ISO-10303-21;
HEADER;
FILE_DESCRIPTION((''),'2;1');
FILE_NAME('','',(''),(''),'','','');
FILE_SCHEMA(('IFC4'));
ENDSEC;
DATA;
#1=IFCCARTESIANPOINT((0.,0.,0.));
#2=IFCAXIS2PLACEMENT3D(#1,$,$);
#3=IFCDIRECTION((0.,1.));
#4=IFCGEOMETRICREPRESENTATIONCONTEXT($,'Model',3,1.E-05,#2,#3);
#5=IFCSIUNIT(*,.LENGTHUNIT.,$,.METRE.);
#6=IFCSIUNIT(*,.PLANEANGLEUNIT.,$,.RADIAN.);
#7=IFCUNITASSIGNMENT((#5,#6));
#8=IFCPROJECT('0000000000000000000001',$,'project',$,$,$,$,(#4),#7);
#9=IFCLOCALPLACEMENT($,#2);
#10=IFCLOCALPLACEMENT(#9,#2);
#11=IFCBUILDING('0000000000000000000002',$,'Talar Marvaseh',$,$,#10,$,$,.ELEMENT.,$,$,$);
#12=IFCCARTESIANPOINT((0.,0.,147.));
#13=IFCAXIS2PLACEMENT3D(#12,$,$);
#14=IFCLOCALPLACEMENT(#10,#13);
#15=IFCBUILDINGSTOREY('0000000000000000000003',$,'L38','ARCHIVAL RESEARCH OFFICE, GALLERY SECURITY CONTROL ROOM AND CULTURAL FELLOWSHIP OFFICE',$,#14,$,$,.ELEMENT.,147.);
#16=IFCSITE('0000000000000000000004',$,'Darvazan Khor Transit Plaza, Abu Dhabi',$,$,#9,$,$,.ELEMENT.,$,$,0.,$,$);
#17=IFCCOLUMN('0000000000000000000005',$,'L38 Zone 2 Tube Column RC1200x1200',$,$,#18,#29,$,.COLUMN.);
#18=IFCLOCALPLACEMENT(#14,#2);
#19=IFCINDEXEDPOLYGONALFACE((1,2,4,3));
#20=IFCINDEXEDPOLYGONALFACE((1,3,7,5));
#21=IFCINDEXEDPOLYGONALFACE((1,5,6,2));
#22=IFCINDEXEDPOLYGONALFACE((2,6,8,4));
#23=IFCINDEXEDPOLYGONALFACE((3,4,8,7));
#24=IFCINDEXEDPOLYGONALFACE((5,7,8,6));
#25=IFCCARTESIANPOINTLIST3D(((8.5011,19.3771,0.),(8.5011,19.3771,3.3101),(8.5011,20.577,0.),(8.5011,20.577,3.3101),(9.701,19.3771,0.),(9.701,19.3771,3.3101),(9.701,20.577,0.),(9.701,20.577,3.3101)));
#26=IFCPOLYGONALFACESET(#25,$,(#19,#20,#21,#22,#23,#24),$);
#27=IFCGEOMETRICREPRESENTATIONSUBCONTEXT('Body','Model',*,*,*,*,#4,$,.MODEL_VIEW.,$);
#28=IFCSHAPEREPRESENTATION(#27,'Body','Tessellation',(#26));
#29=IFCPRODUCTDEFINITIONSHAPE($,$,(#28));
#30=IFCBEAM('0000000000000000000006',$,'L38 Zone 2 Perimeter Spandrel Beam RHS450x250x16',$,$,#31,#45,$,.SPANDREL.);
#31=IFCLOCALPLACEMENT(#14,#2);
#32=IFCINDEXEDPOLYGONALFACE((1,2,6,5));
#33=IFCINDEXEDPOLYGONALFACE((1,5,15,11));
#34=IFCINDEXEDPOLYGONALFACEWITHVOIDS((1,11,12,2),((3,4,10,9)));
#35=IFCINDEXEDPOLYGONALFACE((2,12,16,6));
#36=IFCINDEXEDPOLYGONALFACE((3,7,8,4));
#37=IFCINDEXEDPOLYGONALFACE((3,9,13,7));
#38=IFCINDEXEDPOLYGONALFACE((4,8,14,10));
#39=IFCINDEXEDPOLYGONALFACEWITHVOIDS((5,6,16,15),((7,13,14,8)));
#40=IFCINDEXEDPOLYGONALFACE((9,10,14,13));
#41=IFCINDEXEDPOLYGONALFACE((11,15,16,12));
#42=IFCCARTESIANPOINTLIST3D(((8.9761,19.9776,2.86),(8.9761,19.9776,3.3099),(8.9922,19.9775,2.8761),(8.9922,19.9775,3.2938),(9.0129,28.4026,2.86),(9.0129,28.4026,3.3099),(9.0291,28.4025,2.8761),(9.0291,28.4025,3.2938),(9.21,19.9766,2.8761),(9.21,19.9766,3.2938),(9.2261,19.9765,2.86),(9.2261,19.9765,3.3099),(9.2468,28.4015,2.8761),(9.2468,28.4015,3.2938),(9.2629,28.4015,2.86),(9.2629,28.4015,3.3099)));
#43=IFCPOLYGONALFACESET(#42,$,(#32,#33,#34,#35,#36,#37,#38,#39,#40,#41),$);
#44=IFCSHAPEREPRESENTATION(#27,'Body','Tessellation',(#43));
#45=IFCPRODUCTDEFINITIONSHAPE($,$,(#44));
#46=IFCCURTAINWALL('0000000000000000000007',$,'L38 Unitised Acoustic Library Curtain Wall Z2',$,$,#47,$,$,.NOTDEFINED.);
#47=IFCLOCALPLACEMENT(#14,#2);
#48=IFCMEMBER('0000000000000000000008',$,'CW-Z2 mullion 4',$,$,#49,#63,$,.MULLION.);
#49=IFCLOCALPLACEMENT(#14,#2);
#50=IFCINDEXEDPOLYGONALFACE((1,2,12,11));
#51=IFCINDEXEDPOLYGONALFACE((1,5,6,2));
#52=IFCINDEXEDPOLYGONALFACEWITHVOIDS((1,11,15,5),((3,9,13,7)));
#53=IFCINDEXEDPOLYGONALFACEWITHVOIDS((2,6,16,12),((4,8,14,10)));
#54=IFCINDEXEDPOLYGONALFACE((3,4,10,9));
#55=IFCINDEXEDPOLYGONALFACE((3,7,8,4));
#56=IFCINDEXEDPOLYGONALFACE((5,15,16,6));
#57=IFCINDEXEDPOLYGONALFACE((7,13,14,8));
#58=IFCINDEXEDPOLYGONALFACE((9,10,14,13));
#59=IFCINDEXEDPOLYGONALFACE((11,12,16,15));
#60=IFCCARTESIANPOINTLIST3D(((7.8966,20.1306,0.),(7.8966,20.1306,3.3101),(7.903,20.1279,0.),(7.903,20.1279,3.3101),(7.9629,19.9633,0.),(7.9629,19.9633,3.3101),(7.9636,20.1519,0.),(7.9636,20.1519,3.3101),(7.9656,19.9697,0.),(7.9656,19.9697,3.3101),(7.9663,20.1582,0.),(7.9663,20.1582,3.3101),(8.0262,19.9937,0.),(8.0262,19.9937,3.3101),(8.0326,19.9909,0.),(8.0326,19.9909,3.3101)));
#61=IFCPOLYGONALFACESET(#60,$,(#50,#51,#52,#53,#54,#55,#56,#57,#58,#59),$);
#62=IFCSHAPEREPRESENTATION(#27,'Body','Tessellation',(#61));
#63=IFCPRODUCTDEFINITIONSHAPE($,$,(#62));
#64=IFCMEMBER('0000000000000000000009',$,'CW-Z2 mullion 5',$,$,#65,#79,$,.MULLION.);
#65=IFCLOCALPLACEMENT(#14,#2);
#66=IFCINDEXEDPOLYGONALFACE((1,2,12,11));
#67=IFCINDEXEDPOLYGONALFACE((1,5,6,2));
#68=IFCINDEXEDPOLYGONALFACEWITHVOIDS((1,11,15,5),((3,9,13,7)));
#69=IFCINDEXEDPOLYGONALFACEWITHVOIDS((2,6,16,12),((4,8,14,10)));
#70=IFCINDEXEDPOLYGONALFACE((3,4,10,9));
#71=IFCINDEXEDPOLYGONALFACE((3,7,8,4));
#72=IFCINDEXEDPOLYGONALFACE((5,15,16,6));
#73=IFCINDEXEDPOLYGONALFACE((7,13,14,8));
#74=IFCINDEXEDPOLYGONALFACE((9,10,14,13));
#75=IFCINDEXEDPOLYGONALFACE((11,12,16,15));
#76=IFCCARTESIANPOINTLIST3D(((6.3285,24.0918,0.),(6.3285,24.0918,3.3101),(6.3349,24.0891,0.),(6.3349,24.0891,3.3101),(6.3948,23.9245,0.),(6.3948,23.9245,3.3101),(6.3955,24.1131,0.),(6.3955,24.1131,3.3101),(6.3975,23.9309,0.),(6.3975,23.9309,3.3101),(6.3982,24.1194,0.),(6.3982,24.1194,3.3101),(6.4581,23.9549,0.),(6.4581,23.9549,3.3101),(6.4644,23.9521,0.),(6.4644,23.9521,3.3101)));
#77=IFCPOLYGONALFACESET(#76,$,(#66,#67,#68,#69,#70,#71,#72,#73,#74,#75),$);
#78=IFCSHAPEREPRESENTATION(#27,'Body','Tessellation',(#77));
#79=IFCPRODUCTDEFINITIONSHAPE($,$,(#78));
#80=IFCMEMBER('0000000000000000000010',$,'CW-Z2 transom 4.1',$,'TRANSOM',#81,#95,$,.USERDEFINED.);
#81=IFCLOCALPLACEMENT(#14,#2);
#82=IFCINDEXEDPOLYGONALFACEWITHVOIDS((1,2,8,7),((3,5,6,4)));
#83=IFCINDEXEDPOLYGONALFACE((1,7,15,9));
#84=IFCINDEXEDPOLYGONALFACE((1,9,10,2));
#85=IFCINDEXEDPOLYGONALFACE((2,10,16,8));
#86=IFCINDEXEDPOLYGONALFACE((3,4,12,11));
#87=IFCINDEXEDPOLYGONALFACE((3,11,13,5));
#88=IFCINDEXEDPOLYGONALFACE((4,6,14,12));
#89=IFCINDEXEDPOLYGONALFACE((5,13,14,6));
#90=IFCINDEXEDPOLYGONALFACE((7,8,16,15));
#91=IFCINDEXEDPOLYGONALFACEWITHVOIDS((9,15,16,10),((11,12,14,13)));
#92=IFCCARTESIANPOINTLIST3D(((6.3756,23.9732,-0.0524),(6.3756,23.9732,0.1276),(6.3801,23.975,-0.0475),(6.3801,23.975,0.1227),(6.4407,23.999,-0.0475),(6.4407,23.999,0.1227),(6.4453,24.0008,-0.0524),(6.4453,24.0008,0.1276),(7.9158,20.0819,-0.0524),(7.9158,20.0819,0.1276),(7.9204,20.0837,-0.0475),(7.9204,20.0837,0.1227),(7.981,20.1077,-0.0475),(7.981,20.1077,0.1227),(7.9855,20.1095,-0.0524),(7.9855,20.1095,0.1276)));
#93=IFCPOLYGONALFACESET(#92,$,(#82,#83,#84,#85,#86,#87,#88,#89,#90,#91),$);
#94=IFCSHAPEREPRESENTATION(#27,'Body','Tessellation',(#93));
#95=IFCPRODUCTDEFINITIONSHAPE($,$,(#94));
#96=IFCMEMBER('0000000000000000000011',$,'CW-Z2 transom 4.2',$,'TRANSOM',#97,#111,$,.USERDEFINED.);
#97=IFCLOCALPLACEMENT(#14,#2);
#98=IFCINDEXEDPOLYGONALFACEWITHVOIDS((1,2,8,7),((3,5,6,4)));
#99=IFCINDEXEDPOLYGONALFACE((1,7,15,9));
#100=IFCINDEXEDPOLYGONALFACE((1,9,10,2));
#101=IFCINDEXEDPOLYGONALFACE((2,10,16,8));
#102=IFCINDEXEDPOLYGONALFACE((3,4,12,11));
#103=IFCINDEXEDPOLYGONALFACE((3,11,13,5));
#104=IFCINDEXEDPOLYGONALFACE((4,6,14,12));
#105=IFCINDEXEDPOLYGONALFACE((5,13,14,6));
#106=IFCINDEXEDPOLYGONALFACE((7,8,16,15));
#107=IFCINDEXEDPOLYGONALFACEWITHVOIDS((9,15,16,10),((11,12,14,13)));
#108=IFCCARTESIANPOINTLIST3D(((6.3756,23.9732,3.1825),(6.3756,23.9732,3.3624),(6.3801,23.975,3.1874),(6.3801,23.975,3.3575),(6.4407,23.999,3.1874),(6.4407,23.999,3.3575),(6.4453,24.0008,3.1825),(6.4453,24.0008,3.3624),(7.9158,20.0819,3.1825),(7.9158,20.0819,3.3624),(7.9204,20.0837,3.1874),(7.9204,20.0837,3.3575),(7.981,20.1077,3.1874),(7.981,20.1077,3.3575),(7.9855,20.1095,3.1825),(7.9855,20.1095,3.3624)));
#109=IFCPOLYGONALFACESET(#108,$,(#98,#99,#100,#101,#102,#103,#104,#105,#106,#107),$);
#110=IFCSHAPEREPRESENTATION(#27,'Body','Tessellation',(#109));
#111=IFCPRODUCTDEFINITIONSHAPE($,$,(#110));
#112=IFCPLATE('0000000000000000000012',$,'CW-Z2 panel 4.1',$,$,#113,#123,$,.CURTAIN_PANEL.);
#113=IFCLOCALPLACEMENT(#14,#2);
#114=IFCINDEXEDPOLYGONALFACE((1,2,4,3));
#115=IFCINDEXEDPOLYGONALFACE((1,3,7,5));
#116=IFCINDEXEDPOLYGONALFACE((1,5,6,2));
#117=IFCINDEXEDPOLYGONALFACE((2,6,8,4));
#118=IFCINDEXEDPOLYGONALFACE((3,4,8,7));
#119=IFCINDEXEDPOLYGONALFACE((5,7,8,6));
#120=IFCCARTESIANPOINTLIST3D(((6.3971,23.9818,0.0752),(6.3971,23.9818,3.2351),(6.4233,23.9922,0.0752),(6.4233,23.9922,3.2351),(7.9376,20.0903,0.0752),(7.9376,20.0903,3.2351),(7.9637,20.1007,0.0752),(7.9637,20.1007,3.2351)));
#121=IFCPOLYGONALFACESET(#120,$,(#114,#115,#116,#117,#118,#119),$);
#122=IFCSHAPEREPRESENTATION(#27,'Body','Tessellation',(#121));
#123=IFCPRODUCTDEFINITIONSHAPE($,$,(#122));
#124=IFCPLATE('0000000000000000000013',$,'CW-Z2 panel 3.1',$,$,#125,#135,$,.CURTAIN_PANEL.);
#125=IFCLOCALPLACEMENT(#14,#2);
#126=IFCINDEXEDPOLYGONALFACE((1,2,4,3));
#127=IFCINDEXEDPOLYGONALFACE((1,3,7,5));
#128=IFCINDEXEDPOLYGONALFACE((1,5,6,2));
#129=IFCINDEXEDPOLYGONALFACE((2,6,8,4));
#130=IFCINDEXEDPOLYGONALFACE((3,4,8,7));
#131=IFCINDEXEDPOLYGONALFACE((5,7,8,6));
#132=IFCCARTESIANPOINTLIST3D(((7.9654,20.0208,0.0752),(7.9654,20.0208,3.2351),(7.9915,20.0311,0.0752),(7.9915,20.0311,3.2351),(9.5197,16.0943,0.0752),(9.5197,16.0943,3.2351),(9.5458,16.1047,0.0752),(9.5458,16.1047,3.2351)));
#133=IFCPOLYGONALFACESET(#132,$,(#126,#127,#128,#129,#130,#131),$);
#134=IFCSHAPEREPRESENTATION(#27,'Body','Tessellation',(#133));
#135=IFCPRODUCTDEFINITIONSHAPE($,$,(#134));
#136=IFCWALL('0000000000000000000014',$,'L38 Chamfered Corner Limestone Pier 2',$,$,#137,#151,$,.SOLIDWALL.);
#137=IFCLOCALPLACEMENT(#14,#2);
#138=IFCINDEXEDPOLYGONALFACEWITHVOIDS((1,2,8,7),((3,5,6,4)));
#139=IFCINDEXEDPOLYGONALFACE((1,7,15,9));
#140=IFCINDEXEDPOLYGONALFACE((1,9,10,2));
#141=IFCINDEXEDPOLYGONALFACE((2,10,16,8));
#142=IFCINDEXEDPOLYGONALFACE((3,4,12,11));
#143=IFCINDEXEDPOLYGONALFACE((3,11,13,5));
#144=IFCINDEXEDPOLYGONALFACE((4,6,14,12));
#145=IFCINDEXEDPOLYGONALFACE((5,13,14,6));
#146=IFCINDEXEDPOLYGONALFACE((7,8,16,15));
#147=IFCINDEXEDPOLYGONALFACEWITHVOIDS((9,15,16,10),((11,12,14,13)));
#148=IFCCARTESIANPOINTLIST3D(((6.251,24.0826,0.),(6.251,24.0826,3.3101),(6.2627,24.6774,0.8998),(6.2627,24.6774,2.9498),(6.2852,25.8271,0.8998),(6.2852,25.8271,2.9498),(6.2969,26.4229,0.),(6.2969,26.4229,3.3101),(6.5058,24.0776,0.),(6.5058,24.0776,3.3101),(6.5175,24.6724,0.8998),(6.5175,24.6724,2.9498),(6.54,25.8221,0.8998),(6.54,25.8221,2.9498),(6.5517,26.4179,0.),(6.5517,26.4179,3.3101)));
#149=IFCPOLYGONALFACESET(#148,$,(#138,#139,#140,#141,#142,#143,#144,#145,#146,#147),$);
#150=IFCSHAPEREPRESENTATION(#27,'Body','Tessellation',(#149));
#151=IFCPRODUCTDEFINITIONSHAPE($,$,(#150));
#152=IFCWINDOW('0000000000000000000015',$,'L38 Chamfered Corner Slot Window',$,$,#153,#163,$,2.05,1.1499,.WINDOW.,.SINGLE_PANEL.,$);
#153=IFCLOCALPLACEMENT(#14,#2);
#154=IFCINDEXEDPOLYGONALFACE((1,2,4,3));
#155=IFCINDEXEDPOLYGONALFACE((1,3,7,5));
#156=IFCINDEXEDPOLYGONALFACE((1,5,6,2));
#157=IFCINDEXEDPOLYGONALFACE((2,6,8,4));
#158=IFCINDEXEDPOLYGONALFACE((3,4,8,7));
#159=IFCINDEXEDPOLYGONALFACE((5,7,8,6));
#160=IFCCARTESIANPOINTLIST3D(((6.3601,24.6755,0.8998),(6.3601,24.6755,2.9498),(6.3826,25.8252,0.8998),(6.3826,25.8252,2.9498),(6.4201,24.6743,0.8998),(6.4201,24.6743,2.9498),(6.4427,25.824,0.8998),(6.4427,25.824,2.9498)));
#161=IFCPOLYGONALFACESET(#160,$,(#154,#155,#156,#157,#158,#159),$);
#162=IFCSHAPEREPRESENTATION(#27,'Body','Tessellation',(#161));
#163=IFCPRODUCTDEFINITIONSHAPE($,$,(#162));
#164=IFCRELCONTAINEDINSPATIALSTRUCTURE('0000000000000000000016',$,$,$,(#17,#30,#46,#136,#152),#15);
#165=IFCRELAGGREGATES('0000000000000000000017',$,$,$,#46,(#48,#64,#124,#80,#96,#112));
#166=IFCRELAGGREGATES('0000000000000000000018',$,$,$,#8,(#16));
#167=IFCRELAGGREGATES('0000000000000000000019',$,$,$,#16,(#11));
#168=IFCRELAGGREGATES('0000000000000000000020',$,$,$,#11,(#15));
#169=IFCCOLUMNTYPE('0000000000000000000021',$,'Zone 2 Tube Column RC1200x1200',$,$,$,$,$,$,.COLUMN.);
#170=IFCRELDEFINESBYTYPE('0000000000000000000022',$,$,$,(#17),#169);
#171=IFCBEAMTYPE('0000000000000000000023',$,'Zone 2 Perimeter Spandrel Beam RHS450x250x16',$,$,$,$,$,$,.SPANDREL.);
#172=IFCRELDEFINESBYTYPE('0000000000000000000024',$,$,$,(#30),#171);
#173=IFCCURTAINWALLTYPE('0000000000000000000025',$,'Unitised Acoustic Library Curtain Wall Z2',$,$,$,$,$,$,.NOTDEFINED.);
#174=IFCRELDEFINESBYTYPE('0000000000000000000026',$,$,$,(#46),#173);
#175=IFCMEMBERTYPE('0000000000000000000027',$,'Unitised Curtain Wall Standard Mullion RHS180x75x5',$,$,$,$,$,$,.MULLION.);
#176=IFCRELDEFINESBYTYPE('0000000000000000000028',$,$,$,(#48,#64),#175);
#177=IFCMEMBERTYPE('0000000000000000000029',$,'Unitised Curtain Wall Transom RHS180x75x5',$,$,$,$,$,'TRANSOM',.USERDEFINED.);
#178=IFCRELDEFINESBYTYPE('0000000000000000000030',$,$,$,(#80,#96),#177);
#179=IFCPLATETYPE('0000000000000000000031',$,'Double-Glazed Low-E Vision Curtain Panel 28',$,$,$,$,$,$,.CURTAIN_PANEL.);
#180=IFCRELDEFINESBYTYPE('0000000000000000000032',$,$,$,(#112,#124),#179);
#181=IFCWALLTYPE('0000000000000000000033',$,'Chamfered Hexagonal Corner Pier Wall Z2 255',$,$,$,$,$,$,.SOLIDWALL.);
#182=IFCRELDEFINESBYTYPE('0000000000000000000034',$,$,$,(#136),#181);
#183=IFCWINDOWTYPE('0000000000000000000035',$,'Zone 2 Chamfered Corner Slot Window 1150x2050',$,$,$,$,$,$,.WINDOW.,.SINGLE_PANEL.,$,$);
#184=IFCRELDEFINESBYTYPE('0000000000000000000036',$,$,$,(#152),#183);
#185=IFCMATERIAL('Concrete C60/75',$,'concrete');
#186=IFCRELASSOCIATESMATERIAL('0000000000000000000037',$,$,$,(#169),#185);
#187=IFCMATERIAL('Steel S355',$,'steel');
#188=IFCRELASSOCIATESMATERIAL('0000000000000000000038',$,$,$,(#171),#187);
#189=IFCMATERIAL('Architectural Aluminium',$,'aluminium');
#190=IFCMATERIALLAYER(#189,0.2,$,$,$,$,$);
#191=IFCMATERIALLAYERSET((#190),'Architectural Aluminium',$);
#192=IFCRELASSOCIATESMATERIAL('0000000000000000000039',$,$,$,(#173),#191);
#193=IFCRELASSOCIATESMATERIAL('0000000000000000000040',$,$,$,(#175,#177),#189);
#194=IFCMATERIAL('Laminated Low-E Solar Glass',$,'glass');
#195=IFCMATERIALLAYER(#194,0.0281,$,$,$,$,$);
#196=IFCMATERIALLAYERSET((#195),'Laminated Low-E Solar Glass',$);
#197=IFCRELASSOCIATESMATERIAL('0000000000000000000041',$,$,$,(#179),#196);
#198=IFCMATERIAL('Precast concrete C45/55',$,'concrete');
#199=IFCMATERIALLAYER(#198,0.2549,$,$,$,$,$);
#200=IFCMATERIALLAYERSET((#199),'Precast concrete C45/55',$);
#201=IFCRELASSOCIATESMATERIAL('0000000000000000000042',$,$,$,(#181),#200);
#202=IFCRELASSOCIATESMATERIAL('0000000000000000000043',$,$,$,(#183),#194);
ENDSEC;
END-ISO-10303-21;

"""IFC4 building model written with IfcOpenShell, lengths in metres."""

from ifc_helpers import new_model, si_unit, direction, frame, frame_2d, origin, origin_2d, place, context, subcontext, project, spatial, rectangle, hollow_rectangle, extrude, source, transform, mapped, material, layer, layer_set, material_profile, profile_set, type_object, type_shapes, element, fill, aggregate, save


model = new_model("IFC4")

# Units and contexts
model_context = context("Model", 3, precision=1e-05, world=origin(), true_north=direction((0.0, 1.0)))
body_context = subcontext(model_context, "Body", "Model", "MODEL_VIEW")
ifc_project = project(units=[si_unit("LENGTHUNIT", "METRE"), si_unit("PLANEANGLEUNIT", "RADIAN")], contexts=[model_context])

# Site, building, storey
site_placement = place(None, origin())
site = spatial("IfcSite", under=ifc_project, at=site_placement, Name="Darvazan Khor Transit Plaza, Abu Dhabi", CompositionType="ELEMENT", RefElevation=0.0)
building_placement = place(site_placement, origin())
building = spatial("IfcBuilding", under=site, at=building_placement, Name="Talar Marvaseh", CompositionType="ELEMENT")
storey_placement = place(building_placement, frame((0.0, 0.0, 147.0)))
storey = spatial("IfcBuildingStorey", under=building, at=storey_placement, Name="L38", Description="ARCHIVAL RESEARCH OFFICE, GALLERY SECURITY CONTROL ROOM AND CULTURAL FELLOWSHIP OFFICE", CompositionType="ELEMENT", Elevation=147.0)

# Column
ifc_material_1 = material(Name="Concrete C60/75", Category="concrete")
ifc_material_profile_1 = material_profile(ifc_material_1, rectangle(XDim=1.2, YDim=1.2, at=origin_2d()), Name="RC1200x1200")
ifc_profile_set_1 = profile_set([ifc_material_profile_1], Name="Concrete C60/75")
column_type = type_object("IfcColumnType", Name="Zone 2 Tube Column RC1200x1200", PredefinedType="COLUMN", material=ifc_profile_set_1)
column_placement = place(storey_placement, frame((9.1011, 19.9771, 0.0), z_axis=(0.0, 0.0, 1.0), x_axis=(1.0, 0.0, 0.0)))
element("IfcColumn", 1, at=column_placement, inside=storey, type_object=column_type, Name="L38 Zone 2 Tube Column RC1200x1200", PredefinedType="COLUMN", context=body_context, shape_type="SweptSolid", body=[
    extrude(rectangle(XDim=1.2, YDim=1.2, at=origin_2d()), origin(), (0.0, 0.0, 1.0), 3.3101),
])

# Beam
ifc_material_2 = material(Name="Steel S355", Category="steel")
ifc_material_profile_2 = material_profile(ifc_material_2, hollow_rectangle(XDim=0.25, YDim=0.45, WallThickness=0.0161, at=origin_2d()), Name="RHS450x250x16")
ifc_profile_set_2 = profile_set([ifc_material_profile_2], Name="Steel S355")
beam_type = type_object("IfcBeamType", Name="Zone 2 Perimeter Spandrel Beam RHS450x250x16", PredefinedType="SPANDREL", material=ifc_profile_set_2)
beam_placement = place(storey_placement, frame((9.1011, 19.9771, 3.085), z_axis=(0.004376, 0.99999, 0.0), x_axis=(-0.99999, 0.004376, 0.0)))
element("IfcBeam", 2, at=beam_placement, inside=storey, type_object=beam_type, Name="L38 Zone 2 Perimeter Spandrel Beam RHS450x250x16", PredefinedType="SPANDREL", context=body_context, shape_type="SweptSolid", body=[
    extrude(hollow_rectangle(XDim=0.25, YDim=0.45, WallThickness=0.0161, at=origin_2d()), origin(), (0.0, 0.0, 1.0), 8.425),
])

# Curtain wall, members, plates
ifc_material_3 = material(Name="Architectural Aluminium", Category="aluminium")
ifc_layer_1 = layer(ifc_material_3, 0.2)
ifc_layer_set_1 = layer_set([ifc_layer_1], Name="Architectural Aluminium")
curtain_wall_type = type_object("IfcCurtainWallType", Name="Unitised Acoustic Library Curtain Wall Z2", PredefinedType="NOTDEFINED", material=ifc_layer_set_1)
curtain_wall_placement = place(storey_placement, origin())
curtain_wall = element("IfcCurtainWall", 3, at=curtain_wall_placement, inside=storey, type_object=curtain_wall_type, Name="L38 Unitised Acoustic Library Curtain Wall Z2", PredefinedType="NOTDEFINED")
ifc_material_profile_3 = material_profile(ifc_material_3, hollow_rectangle(XDim=0.075, YDim=0.1799, WallThickness=0.0049, at=origin_2d()), Name="RHS180x75x5")
ifc_profile_set_3 = profile_set([ifc_material_profile_3], Name="Architectural Aluminium")
member_type_1 = type_object("IfcMemberType", Name="Unitised Curtain Wall Standard Mullion RHS180x75x5", PredefinedType="MULLION", material=ifc_profile_set_3)
shared_shape_1 = source(origin(), body_context, "Body", "SweptSolid", [
    extrude(hollow_rectangle(XDim=0.075, YDim=0.1799, WallThickness=0.0049, at=origin_2d()), origin(), (0.0, 0.0, 1.0), 3.3101),
])
type_shapes(member_type_1, [shared_shape_1])
member_1_placement = place(storey_placement, frame((7.9646, 20.0608, 0.0), z_axis=(0.0, 0.0, 1.0), x_axis=(-0.929802, -0.36806, 0.0)))
member_1 = element("IfcMember", 4, at=member_1_placement, type_object=member_type_1, Name="CW-Z2 mullion 4", PredefinedType="MULLION", context=body_context, shape_type="MappedRepresentation", body=[
    mapped(shared_shape_1, transform((0.0, 0.0, 0.0), x_axis=(1.0, 0.0, 0.0), y_axis=(0.0, 1.0, 0.0), z_axis=(0.0, 0.0, 1.0), scale=1.0)),
])
member_2_placement = place(storey_placement, frame((6.3965, 24.022, 0.0), z_axis=(0.0, 0.0, 1.0), x_axis=(-0.929802, -0.36806, 0.0)))
member_2 = element("IfcMember", 5, at=member_2_placement, type_object=member_type_1, Name="CW-Z2 mullion 5", PredefinedType="MULLION", context=body_context, shape_type="MappedRepresentation", body=[
    mapped(shared_shape_1, transform((0.0, 0.0, 0.0), x_axis=(1.0, 0.0, 0.0), y_axis=(0.0, 1.0, 0.0), z_axis=(0.0, 0.0, 1.0), scale=1.0)),
])
ifc_material_profile_4 = material_profile(ifc_material_3, hollow_rectangle(XDim=0.075, YDim=0.1799, WallThickness=0.0049, at=origin_2d()), Name="RHS180x75x5")
ifc_profile_set_4 = profile_set([ifc_material_profile_4], Name="Architectural Aluminium")
member_type_2 = type_object("IfcMemberType", Name="Unitised Curtain Wall Transom RHS180x75x5", ElementType="TRANSOM", PredefinedType="USERDEFINED", material=ifc_profile_set_4)
shared_shape_2 = source(origin(), body_context, "Body", "SweptSolid", [
    extrude(hollow_rectangle(XDim=0.075, YDim=0.1799, WallThickness=0.0049, at=origin_2d()), origin(), (0.0, 0.0, 1.0), 4.1851),
])
type_shapes(member_type_2, [shared_shape_2])
member_3_placement = place(storey_placement, frame((7.9507, 20.0957, 0.0376), z_axis=(-0.368039, 0.92981, 0.0), x_axis=(-0.92981, -0.368039, 0.0)))
member_3 = element("IfcMember", 6, at=member_3_placement, type_object=member_type_2, Name="CW-Z2 transom 4.1", ObjectType="TRANSOM", PredefinedType="USERDEFINED", context=body_context, shape_type="MappedRepresentation", body=[
    mapped(shared_shape_2, transform((0.0, 0.0, 0.0), x_axis=(1.0, 0.0, 0.0), y_axis=(0.0, 1.0, 0.0), z_axis=(0.0, 0.0, 1.0), scale=1.0)),
])
member_4_placement = place(storey_placement, frame((7.9507, 20.0957, 3.2725), z_axis=(-0.368039, 0.92981, 0.0), x_axis=(-0.92981, -0.368039, 0.0)))
member_4 = element("IfcMember", 7, at=member_4_placement, type_object=member_type_2, Name="CW-Z2 transom 4.2", ObjectType="TRANSOM", PredefinedType="USERDEFINED", context=body_context, shape_type="MappedRepresentation", body=[
    mapped(shared_shape_2, transform((0.0, 0.0, 0.0), x_axis=(1.0, 0.0, 0.0), y_axis=(0.0, 1.0, 0.0), z_axis=(0.0, 0.0, 1.0), scale=1.0)),
])
ifc_material_4 = material(Name="Laminated Low-E Solar Glass", Category="glass")
ifc_layer_2 = layer(ifc_material_4, 0.0281)
ifc_layer_set_2 = layer_set([ifc_layer_2], Name="Laminated Low-E Solar Glass")
plate_type = type_object("IfcPlateType", Name="Double-Glazed Low-E Vision Curtain Panel 28", PredefinedType="CURTAIN_PANEL", material=ifc_layer_set_2)
shared_shape_3 = source(origin(), body_context, "Body", "SweptSolid", [
    extrude(rectangle(XDim=4.1853, YDim=0.0281, at=origin_2d()), origin(), (0.0, 0.0, 1.0), 3.1599),
])
plate_1_placement = place(storey_placement, frame((7.1804, 22.0413, 0.0752), z_axis=(0.0, 0.0, 1.0), x_axis=(-0.36806, 0.929802, 0.0)))
plate_1 = element("IfcPlate", 8, at=plate_1_placement, type_object=plate_type, Name="CW-Z2 panel 4.1", PredefinedType="CURTAIN_PANEL", context=body_context, shape_type="MappedRepresentation", body=[
    mapped(shared_shape_3, transform((0.0, 0.0, 0.0), x_axis=(1.0, 0.0, 0.0), y_axis=(0.0, 1.0, 0.0), z_axis=(0.0, 0.0, 1.0), scale=1.0)),
])
shared_shape_4 = source(origin(), body_context, "Body", "SweptSolid", [
    extrude(rectangle(XDim=4.2229, YDim=0.0281, at=origin_2d()), origin(), (0.0, 0.0, 1.0), 3.1599),
])
type_shapes(plate_type, [shared_shape_3, shared_shape_4])
plate_2_placement = place(storey_placement, frame((8.7556, 18.0627, 0.0752), z_axis=(0.0, 0.0, 1.0), x_axis=(-0.36806, 0.929802, 0.0)))
plate_2 = element("IfcPlate", 9, at=plate_2_placement, type_object=plate_type, Name="CW-Z2 panel 3.1", PredefinedType="CURTAIN_PANEL", context=body_context, shape_type="MappedRepresentation", body=[
    mapped(shared_shape_4, transform((0.0, 0.0, 0.0), x_axis=(1.0, 0.0, 0.0), y_axis=(0.0, 1.0, 0.0), z_axis=(0.0, 0.0, 1.0), scale=1.0)),
])
aggregate(curtain_wall, [member_1, member_2, plate_2, member_3, member_4, plate_1])

# Wall, opening, window
ifc_material_5 = material(Name="Precast concrete C45/55", Category="concrete")
ifc_layer_3 = layer(ifc_material_5, 0.2549)
ifc_layer_set_3 = layer_set([ifc_layer_3], Name="Precast concrete C45/55")
wall_type_1 = type_object("IfcWallType", Name="Chamfered Hexagonal Corner Pier Wall Z2 255", PredefinedType="SOLIDWALL", material=ifc_layer_set_3)
wall_1_placement = place(storey_placement, frame((6.3784, 24.0801, 0.0), z_axis=(0.0, 0.0, 1.0), x_axis=(0.019608, 0.999808, 0.0)))
wall_1 = element("IfcWall", 10, at=wall_1_placement, inside=storey, type_object=wall_type_1, Name="L38 Chamfered Corner Limestone Pier 2", PredefinedType="SOLIDWALL", context=body_context, shape_type="SweptSolid", body=[
    extrude(rectangle(XDim=2.3408, YDim=0.2549, at=frame_2d((1.1704, 0.0))), origin(), (0.0, 0.0, 1.0), 3.3101),
])
opening_1_placement = place(wall_1_placement, frame((0.595, 0.0, 0.8999)))
opening_1 = element("IfcOpeningElement", 11, at=opening_1_placement, cuts=wall_1, PredefinedType="OPENING", context=body_context, shape_type="SweptSolid", body=[
    extrude(rectangle(XDim=1.1499, YDim=2.05, at=frame_2d((0.575, 1.0249))), frame((0.0, 0.1375, 0.0), z_axis=(0.0, -1.0, 0.0), x_axis=(1.0, 0.0, 0.0)), (0.0, 0.0, 1.0), 0.2749),
])
window_type = type_object("IfcWindowType", Name="Zone 2 Chamfered Corner Slot Window 1150x2050", PartitioningType="SINGLE_PANEL", PredefinedType="WINDOW", material=ifc_material_4)
shared_shape_5 = source(origin(), body_context, "Body", "SweptSolid", [
    extrude(rectangle(XDim=1.1499, YDim=2.05, at=frame_2d((0.575, 1.0249))), frame((0.0, 0.03, 0.0), z_axis=(0.0, -1.0, 0.0), x_axis=(1.0, 0.0, 0.0)), (0.0, 0.0, 1.0), 0.0601),
])
type_shapes(window_type, [shared_shape_5])
window_placement = place(opening_1_placement, origin())
window = element("IfcWindow", 12, at=window_placement, inside=storey, type_object=window_type, Name="L38 Chamfered Corner Slot Window", OverallHeight=2.05, OverallWidth=1.1499, PartitioningType="SINGLE_PANEL", PredefinedType="WINDOW", context=body_context, shape_type="MappedRepresentation", body=[
    mapped(shared_shape_5, transform((0.0, 0.0, 0.0), x_axis=(1.0, 0.0, 0.0), y_axis=(0.0, 1.0, 0.0), z_axis=(0.0, 0.0, 1.0), scale=1.0)),
])
fill(opening_1, window)

save(model, "model.ifc")
